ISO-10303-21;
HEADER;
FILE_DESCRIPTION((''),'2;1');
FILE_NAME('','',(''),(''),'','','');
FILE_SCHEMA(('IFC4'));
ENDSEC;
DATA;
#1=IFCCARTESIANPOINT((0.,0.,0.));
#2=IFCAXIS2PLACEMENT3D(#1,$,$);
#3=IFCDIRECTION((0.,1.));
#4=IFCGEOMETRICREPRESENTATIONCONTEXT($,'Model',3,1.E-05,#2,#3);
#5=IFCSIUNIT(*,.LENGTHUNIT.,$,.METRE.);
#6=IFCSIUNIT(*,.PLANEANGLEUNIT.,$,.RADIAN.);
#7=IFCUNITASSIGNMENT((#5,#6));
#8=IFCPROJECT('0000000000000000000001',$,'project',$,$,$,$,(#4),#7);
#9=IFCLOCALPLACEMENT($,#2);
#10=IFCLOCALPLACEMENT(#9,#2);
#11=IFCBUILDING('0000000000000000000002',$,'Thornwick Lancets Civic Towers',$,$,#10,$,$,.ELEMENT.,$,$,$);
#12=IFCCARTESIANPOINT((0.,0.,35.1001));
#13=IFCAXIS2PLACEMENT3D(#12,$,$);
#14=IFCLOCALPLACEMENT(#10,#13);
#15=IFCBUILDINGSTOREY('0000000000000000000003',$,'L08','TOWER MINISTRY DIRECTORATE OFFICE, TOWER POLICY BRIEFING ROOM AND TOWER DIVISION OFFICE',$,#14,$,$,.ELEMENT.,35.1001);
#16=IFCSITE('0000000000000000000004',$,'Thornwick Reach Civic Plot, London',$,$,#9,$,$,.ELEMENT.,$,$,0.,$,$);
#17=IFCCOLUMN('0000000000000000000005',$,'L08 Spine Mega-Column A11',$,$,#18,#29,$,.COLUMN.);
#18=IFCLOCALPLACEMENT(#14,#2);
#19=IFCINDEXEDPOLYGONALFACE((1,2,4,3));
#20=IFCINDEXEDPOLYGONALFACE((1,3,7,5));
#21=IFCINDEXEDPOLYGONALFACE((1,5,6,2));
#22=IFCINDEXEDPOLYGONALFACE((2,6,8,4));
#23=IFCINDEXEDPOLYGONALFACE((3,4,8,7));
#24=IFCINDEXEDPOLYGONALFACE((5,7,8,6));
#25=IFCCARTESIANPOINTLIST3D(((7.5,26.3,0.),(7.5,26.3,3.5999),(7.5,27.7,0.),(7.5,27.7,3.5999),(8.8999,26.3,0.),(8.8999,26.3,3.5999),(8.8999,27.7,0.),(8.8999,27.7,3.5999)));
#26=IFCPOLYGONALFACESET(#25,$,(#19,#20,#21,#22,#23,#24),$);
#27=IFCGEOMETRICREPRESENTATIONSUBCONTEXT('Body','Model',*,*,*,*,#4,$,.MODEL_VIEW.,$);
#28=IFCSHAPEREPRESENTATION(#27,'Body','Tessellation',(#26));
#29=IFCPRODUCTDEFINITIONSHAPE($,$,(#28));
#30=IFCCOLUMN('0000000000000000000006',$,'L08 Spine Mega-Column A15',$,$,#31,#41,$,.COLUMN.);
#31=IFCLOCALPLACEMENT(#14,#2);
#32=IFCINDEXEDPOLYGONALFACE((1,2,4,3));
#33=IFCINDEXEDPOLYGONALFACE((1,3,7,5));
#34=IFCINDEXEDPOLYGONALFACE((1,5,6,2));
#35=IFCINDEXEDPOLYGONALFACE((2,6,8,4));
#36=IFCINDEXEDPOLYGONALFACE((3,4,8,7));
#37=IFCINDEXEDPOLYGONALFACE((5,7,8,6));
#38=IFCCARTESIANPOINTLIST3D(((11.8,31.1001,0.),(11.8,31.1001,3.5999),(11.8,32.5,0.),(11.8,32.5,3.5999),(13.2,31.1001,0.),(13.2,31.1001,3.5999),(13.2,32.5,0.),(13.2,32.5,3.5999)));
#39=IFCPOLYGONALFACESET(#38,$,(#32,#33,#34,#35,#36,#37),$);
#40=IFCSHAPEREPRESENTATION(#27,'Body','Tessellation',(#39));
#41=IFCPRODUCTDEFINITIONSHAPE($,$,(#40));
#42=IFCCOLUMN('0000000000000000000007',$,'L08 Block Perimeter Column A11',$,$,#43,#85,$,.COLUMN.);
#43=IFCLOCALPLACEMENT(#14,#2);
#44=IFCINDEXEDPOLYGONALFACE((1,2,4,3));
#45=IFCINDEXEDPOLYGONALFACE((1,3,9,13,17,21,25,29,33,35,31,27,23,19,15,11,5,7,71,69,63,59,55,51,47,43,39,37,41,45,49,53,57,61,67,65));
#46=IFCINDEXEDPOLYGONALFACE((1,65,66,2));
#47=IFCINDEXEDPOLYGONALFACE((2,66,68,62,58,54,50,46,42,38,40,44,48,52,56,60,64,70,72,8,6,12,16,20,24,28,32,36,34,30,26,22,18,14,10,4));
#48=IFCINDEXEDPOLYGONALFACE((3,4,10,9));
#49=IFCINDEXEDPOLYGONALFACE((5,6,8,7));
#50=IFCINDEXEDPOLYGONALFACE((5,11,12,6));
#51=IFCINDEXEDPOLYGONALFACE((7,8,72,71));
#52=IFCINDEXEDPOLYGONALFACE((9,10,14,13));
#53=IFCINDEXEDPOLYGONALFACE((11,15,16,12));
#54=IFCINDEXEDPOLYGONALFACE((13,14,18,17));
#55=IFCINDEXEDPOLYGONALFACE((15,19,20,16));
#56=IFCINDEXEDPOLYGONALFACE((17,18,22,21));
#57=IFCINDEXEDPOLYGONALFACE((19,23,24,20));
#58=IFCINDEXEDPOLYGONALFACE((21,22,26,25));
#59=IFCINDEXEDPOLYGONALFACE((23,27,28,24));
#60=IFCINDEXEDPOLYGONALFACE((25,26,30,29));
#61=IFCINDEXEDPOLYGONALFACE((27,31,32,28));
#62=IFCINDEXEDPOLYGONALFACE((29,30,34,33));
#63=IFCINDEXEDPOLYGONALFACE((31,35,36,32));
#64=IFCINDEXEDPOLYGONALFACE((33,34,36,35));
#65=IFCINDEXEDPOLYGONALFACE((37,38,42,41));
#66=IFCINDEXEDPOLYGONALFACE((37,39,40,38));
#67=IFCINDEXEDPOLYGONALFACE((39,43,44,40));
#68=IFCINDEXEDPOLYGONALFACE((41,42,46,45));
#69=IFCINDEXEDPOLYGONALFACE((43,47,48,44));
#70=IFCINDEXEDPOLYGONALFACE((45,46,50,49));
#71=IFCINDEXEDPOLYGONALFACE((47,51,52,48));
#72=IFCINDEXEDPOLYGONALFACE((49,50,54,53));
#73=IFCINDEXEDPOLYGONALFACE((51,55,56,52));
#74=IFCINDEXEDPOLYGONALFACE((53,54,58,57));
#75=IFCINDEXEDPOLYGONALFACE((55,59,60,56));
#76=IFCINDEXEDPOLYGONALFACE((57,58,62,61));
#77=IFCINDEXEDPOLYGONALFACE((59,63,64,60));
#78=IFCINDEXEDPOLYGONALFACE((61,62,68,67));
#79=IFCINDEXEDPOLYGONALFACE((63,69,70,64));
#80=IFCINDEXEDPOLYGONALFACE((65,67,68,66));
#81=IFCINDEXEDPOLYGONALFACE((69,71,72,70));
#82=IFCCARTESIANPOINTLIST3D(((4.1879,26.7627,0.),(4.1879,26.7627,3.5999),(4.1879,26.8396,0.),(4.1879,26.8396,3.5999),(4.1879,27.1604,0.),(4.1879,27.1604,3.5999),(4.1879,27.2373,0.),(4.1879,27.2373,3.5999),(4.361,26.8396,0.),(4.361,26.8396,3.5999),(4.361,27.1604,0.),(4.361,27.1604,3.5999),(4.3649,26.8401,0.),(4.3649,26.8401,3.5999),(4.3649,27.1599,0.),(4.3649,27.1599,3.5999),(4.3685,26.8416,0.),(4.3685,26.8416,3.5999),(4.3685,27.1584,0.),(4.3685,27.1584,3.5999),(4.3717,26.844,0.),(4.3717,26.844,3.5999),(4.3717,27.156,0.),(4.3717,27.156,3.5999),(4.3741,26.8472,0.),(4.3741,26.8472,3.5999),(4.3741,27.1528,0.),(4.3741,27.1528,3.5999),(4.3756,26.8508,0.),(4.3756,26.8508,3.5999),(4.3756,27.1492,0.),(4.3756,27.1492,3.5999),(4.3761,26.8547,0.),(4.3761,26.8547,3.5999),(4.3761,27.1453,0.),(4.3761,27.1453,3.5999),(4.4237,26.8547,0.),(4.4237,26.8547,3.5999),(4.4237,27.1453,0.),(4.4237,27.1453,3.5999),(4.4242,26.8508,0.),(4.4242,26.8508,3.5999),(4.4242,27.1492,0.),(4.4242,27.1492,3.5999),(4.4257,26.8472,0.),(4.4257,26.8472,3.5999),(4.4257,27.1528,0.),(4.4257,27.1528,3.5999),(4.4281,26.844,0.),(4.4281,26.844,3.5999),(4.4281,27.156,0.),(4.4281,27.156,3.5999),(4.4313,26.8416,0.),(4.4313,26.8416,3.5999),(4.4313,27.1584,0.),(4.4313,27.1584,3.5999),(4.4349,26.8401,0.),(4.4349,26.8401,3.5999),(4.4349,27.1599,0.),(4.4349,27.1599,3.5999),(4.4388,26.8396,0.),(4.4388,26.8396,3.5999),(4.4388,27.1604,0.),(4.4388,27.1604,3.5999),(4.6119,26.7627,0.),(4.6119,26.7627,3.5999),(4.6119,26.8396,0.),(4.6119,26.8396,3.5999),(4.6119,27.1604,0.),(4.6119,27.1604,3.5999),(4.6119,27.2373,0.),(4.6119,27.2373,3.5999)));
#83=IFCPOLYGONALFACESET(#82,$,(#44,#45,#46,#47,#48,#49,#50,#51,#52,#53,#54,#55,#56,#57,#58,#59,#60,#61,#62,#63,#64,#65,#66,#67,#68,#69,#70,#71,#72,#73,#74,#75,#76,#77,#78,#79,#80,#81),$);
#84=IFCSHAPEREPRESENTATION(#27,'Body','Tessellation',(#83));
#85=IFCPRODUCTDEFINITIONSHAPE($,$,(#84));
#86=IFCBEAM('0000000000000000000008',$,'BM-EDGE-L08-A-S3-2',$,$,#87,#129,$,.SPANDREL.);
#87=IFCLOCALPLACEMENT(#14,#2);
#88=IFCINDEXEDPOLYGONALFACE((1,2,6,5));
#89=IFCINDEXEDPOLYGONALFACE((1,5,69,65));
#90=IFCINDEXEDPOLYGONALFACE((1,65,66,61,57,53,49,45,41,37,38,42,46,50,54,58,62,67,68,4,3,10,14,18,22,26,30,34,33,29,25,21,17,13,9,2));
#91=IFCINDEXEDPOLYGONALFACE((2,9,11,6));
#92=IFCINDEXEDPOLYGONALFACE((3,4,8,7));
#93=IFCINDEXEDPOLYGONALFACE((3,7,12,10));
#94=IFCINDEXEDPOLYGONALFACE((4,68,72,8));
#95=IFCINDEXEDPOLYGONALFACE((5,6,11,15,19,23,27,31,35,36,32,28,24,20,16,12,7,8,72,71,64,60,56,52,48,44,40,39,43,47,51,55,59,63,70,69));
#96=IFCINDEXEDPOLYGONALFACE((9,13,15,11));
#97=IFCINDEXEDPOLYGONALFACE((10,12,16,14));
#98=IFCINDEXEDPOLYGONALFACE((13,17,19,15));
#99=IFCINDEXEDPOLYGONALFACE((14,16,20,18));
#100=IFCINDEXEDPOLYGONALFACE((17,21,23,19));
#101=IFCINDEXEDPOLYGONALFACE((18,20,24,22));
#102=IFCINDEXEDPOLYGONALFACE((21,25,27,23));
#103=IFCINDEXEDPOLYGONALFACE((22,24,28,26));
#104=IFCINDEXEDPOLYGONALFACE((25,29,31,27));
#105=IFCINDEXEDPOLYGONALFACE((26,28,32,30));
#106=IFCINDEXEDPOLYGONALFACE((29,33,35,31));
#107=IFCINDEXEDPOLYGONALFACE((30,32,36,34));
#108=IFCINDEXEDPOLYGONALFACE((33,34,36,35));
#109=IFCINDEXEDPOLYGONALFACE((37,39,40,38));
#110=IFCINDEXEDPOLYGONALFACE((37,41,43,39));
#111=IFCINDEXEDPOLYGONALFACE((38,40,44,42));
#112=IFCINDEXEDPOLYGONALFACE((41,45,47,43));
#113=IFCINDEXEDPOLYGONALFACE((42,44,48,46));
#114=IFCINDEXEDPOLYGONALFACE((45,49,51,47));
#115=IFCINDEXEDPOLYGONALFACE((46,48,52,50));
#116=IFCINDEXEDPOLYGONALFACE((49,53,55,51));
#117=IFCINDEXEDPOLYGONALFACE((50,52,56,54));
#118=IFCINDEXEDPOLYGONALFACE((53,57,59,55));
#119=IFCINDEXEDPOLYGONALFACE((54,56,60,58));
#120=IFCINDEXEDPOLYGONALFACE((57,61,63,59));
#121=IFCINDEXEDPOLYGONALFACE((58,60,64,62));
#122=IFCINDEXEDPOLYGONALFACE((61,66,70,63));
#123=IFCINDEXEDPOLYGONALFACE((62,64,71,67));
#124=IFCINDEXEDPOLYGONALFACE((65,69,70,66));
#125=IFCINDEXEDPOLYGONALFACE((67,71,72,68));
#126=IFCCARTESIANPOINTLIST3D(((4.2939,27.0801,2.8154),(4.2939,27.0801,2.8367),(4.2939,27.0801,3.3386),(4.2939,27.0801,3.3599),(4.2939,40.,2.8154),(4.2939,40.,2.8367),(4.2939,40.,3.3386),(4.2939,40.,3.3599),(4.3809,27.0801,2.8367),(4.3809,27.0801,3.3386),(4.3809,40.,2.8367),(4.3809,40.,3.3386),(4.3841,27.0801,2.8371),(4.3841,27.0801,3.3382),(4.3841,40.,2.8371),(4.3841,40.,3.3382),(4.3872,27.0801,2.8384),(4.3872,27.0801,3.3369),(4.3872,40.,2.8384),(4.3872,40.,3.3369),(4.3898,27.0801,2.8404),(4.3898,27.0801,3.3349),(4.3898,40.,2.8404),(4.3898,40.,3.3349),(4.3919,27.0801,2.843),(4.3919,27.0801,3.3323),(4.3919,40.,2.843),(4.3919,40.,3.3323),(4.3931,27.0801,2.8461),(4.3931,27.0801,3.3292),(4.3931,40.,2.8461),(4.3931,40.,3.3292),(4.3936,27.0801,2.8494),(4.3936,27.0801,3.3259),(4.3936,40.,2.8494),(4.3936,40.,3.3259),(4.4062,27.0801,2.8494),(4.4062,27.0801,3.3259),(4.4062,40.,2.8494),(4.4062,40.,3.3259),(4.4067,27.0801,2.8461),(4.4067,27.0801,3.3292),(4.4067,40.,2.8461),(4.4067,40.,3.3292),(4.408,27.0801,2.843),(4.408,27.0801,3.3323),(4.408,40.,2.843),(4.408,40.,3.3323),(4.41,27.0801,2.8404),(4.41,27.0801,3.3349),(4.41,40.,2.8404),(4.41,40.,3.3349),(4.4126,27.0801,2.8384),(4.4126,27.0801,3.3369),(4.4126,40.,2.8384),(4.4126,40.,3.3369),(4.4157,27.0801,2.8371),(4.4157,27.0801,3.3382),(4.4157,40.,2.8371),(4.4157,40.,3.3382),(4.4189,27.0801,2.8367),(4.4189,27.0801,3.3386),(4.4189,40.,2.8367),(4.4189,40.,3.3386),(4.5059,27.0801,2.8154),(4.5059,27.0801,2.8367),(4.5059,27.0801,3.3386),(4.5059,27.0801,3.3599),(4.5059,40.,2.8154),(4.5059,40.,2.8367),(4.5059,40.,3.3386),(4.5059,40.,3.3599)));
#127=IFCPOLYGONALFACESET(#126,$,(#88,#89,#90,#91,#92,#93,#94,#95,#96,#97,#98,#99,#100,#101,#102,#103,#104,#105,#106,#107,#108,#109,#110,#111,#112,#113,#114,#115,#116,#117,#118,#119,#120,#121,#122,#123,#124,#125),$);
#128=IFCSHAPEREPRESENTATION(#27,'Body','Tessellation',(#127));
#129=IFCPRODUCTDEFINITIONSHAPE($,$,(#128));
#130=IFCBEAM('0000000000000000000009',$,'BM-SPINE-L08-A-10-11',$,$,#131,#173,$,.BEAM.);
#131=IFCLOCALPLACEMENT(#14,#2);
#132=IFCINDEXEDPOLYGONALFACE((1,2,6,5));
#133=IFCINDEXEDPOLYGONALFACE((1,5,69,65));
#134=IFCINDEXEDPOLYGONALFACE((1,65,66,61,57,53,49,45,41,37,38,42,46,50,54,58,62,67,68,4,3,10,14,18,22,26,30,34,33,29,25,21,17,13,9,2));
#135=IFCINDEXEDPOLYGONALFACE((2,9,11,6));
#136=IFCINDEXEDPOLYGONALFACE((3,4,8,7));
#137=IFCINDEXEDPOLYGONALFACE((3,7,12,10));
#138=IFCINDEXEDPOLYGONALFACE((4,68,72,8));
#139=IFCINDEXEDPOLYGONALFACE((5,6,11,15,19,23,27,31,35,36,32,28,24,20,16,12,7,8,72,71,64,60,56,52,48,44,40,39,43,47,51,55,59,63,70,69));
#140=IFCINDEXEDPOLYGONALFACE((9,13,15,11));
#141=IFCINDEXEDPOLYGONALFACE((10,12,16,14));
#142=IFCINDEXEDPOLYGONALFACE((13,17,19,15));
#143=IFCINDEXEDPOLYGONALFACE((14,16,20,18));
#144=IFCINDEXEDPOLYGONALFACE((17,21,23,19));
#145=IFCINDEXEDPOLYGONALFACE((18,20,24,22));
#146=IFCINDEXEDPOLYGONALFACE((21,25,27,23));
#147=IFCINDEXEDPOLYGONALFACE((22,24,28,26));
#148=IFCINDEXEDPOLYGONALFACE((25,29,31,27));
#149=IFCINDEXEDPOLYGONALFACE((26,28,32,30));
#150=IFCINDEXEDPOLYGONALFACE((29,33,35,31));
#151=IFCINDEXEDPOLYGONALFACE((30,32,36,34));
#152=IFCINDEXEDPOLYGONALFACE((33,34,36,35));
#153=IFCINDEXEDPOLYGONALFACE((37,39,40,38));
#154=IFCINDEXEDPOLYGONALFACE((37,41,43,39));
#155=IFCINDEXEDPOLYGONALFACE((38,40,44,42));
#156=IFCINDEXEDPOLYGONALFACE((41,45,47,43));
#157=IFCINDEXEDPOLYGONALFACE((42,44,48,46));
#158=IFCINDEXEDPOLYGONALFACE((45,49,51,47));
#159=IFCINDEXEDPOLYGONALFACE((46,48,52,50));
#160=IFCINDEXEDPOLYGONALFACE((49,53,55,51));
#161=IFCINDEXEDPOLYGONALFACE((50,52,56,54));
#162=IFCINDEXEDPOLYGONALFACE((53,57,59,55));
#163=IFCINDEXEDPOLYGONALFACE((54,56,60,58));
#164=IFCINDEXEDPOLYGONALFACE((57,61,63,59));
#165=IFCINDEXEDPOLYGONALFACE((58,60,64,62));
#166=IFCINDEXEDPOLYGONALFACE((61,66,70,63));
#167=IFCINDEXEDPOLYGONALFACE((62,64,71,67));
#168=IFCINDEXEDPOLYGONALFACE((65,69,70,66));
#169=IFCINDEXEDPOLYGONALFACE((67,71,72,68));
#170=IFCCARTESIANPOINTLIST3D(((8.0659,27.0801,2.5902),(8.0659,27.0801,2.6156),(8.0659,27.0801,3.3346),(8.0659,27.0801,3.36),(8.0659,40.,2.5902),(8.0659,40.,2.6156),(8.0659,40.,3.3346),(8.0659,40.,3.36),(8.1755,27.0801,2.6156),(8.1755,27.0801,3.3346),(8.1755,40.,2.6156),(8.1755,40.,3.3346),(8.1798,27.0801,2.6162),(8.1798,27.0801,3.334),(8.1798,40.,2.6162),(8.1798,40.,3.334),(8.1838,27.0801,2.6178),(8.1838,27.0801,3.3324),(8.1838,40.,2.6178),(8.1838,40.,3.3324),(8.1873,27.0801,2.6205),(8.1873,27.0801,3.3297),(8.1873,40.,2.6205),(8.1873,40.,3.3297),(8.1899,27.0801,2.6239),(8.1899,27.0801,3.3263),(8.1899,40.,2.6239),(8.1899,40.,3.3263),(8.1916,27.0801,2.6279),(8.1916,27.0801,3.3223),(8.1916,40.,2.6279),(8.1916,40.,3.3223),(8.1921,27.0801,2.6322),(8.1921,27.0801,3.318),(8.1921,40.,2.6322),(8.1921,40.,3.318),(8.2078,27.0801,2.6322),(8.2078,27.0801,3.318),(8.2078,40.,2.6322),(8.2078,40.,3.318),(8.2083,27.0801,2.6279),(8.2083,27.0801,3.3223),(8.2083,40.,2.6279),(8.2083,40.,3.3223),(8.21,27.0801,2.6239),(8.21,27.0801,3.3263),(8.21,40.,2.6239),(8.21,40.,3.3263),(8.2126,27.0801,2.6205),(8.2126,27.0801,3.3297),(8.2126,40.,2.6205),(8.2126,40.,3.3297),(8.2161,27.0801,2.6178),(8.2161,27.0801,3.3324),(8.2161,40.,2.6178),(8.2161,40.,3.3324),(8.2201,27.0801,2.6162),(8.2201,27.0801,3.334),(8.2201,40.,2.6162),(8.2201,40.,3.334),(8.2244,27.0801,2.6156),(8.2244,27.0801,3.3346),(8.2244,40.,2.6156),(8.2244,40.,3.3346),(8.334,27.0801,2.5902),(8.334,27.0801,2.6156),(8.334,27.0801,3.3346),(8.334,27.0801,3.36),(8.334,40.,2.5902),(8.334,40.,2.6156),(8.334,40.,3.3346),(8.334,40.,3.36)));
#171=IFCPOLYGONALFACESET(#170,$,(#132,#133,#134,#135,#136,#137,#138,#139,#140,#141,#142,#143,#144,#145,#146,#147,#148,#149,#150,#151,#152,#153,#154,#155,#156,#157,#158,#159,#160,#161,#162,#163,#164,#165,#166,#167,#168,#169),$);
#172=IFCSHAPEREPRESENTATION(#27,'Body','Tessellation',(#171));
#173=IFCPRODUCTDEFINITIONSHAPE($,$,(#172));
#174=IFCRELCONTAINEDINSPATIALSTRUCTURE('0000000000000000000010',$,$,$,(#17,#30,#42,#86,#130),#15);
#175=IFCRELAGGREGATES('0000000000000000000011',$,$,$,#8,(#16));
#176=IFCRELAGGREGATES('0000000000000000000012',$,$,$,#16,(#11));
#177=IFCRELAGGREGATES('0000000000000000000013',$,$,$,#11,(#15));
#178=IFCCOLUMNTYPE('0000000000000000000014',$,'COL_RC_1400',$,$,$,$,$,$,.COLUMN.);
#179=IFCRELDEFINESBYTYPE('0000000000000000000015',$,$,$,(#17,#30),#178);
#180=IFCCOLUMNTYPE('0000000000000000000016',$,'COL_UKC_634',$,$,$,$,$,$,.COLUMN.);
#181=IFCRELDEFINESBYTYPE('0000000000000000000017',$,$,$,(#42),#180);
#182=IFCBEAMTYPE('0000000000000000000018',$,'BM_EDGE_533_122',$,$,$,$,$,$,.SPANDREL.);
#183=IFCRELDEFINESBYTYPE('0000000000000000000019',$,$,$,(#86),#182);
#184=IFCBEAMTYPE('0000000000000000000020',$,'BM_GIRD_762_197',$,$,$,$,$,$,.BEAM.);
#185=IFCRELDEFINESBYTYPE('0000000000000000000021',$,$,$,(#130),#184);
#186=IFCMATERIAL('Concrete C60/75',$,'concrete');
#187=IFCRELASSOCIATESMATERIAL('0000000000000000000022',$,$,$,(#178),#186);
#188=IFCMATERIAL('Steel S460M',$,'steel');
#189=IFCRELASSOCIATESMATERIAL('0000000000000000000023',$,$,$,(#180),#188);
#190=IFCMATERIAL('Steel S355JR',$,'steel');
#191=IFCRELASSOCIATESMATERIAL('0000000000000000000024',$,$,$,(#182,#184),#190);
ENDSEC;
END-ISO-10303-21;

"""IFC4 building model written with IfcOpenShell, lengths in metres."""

from ifc_helpers import new_model, si_unit, direction, frame, origin, origin_2d, place, context, subcontext, project, spatial, rectangle, i_section, extrude, material, material_profile, profile_set, type_object, element, save


model = new_model("IFC4")

# Units and contexts
model_context = context("Model", 3, precision=1e-05, world=origin(), true_north=direction((0.0, 1.0)))
body_context = subcontext(model_context, "Body", "Model", "MODEL_VIEW")
ifc_project = project(units=[si_unit("LENGTHUNIT", "METRE"), si_unit("PLANEANGLEUNIT", "RADIAN")], contexts=[model_context])

# Site, building, storey
site_placement = place(None, origin())
site = spatial("IfcSite", under=ifc_project, at=site_placement, Name="Thornwick Reach Civic Plot, London", CompositionType="ELEMENT", RefElevation=0.0)
building_placement = place(site_placement, origin())
building = spatial("IfcBuilding", under=site, at=building_placement, Name="Thornwick Lancets Civic Towers", CompositionType="ELEMENT")
storey_placement = place(building_placement, frame((0.0, 0.0, 35.1001)))
storey = spatial("IfcBuildingStorey", under=building, at=storey_placement, Name="L08", Description="TOWER MINISTRY DIRECTORATE OFFICE, TOWER POLICY BRIEFING ROOM AND TOWER DIVISION OFFICE", CompositionType="ELEMENT", Elevation=35.1001)

# Columns
ifc_material_1 = material(Name="Concrete C60/75", Category="concrete")
ifc_material_profile_1 = material_profile(ifc_material_1, rectangle(XDim=1.3999, YDim=1.3999, at=origin_2d()), Name="RC 1400x1400")
ifc_profile_set_1 = profile_set([ifc_material_profile_1], Name="Concrete C60/75")
column_type_1 = type_object("IfcColumnType", Name="COL_RC_1400", PredefinedType="COLUMN", material=ifc_profile_set_1)
for number, where, z_axis, x_axis, name in (
    (1, (8.2, 27.0, 0.0), (0.0, 0.0, 1.0), (1.0, 0.0, 0.0), "L08 Spine Mega-Column A11"),
    (2, (12.5, 31.8, 0.0), (0.0, 0.0, 1.0), (1.0, 0.0, 0.0), "L08 Spine Mega-Column A15"),
):
    element("IfcColumn", number, at=place(storey_placement, frame(where, z_axis=z_axis, x_axis=x_axis)), inside=storey, type_object=column_type_1, Name=name, PredefinedType="COLUMN", context=body_context, shape_type="SweptSolid", body=[
        extrude(rectangle(XDim=1.3999, YDim=1.3999, at=origin_2d()), origin(), (0.0, 0.0, 1.0), 3.5999),
    ])
ifc_material_2 = material(Name="Steel S460M", Category="steel")
ifc_material_profile_2 = material_profile(ifc_material_2, i_section(OverallWidth=0.4241, OverallDepth=0.4746, WebThickness=0.0476, FlangeThickness=0.0769, FilletRadius=0.0151, at=origin_2d()), Name="UKC 356x406x634")
ifc_profile_set_2 = profile_set([ifc_material_profile_2], Name="Steel S460M")
column_type_2 = type_object("IfcColumnType", Name="COL_UKC_634", PredefinedType="COLUMN", material=ifc_profile_set_2)
column_placement = place(storey_placement, frame((4.3999, 27.0, 0.0), z_axis=(0.0, 0.0, 1.0), x_axis=(1.0, 0.0, 0.0)))
element("IfcColumn", 3, at=column_placement, inside=storey, type_object=column_type_2, Name="L08 Block Perimeter Column A11", PredefinedType="COLUMN", context=body_context, shape_type="SweptSolid", body=[
    extrude(i_section(OverallWidth=0.4241, OverallDepth=0.4746, WebThickness=0.0476, FlangeThickness=0.0769, FilletRadius=0.0151, at=origin_2d()), origin(), (0.0, 0.0, 1.0), 3.5999),
])

# Beams
ifc_material_3 = material(Name="Steel S355JR", Category="steel")
ifc_material_profile_3 = material_profile(ifc_material_3, i_section(OverallWidth=0.2119, OverallDepth=0.5444, WebThickness=0.0127, FlangeThickness=0.0212, FilletRadius=0.0127, at=origin_2d()), Name="UKB 533x210x122")
ifc_profile_set_3 = profile_set([ifc_material_profile_3], Name="Steel S355JR")
beam_type_1 = type_object("IfcBeamType", Name="BM_EDGE_533_122", PredefinedType="SPANDREL", material=ifc_profile_set_3)
beam_1_placement = place(storey_placement, frame((4.3999, 27.0801, 3.0876), z_axis=(0.0, 1.0, 0.0), x_axis=(-1.0, 0.0, 0.0)))
element("IfcBeam", 4, at=beam_1_placement, inside=storey, type_object=beam_type_1, Name="BM-EDGE-L08-A-S3-2", PredefinedType="SPANDREL", context=body_context, shape_type="SweptSolid", body=[
    extrude(i_section(OverallWidth=0.2119, OverallDepth=0.5444, WebThickness=0.0127, FlangeThickness=0.0212, FilletRadius=0.0127, at=origin_2d()), origin(), (0.0, 0.0, 1.0), 12.9199),
])
ifc_material_profile_4 = material_profile(ifc_material_3, i_section(OverallWidth=0.2681, OverallDepth=0.7698, WebThickness=0.0156, FlangeThickness=0.0254, FilletRadius=0.0166, at=origin_2d()), Name="UKB 762x267x197")
ifc_profile_set_4 = profile_set([ifc_material_profile_4], Name="Steel S355JR")
beam_type_2 = type_object("IfcBeamType", Name="BM_GIRD_762_197", PredefinedType="BEAM", material=ifc_profile_set_4)
beam_2_placement = place(storey_placement, frame((8.2, 27.0801, 2.9751), z_axis=(0.0, 1.0, 0.0), x_axis=(-1.0, 0.0, 0.0)))
element("IfcBeam", 5, at=beam_2_placement, inside=storey, type_object=beam_type_2, Name="BM-SPINE-L08-A-10-11", PredefinedType="BEAM", context=body_context, shape_type="SweptSolid", body=[
    extrude(i_section(OverallWidth=0.2681, OverallDepth=0.7698, WebThickness=0.0156, FlangeThickness=0.0254, FilletRadius=0.0166, at=origin_2d()), origin(), (0.0, 0.0, 1.0), 12.9199),
])

save(model, "model.ifc")
